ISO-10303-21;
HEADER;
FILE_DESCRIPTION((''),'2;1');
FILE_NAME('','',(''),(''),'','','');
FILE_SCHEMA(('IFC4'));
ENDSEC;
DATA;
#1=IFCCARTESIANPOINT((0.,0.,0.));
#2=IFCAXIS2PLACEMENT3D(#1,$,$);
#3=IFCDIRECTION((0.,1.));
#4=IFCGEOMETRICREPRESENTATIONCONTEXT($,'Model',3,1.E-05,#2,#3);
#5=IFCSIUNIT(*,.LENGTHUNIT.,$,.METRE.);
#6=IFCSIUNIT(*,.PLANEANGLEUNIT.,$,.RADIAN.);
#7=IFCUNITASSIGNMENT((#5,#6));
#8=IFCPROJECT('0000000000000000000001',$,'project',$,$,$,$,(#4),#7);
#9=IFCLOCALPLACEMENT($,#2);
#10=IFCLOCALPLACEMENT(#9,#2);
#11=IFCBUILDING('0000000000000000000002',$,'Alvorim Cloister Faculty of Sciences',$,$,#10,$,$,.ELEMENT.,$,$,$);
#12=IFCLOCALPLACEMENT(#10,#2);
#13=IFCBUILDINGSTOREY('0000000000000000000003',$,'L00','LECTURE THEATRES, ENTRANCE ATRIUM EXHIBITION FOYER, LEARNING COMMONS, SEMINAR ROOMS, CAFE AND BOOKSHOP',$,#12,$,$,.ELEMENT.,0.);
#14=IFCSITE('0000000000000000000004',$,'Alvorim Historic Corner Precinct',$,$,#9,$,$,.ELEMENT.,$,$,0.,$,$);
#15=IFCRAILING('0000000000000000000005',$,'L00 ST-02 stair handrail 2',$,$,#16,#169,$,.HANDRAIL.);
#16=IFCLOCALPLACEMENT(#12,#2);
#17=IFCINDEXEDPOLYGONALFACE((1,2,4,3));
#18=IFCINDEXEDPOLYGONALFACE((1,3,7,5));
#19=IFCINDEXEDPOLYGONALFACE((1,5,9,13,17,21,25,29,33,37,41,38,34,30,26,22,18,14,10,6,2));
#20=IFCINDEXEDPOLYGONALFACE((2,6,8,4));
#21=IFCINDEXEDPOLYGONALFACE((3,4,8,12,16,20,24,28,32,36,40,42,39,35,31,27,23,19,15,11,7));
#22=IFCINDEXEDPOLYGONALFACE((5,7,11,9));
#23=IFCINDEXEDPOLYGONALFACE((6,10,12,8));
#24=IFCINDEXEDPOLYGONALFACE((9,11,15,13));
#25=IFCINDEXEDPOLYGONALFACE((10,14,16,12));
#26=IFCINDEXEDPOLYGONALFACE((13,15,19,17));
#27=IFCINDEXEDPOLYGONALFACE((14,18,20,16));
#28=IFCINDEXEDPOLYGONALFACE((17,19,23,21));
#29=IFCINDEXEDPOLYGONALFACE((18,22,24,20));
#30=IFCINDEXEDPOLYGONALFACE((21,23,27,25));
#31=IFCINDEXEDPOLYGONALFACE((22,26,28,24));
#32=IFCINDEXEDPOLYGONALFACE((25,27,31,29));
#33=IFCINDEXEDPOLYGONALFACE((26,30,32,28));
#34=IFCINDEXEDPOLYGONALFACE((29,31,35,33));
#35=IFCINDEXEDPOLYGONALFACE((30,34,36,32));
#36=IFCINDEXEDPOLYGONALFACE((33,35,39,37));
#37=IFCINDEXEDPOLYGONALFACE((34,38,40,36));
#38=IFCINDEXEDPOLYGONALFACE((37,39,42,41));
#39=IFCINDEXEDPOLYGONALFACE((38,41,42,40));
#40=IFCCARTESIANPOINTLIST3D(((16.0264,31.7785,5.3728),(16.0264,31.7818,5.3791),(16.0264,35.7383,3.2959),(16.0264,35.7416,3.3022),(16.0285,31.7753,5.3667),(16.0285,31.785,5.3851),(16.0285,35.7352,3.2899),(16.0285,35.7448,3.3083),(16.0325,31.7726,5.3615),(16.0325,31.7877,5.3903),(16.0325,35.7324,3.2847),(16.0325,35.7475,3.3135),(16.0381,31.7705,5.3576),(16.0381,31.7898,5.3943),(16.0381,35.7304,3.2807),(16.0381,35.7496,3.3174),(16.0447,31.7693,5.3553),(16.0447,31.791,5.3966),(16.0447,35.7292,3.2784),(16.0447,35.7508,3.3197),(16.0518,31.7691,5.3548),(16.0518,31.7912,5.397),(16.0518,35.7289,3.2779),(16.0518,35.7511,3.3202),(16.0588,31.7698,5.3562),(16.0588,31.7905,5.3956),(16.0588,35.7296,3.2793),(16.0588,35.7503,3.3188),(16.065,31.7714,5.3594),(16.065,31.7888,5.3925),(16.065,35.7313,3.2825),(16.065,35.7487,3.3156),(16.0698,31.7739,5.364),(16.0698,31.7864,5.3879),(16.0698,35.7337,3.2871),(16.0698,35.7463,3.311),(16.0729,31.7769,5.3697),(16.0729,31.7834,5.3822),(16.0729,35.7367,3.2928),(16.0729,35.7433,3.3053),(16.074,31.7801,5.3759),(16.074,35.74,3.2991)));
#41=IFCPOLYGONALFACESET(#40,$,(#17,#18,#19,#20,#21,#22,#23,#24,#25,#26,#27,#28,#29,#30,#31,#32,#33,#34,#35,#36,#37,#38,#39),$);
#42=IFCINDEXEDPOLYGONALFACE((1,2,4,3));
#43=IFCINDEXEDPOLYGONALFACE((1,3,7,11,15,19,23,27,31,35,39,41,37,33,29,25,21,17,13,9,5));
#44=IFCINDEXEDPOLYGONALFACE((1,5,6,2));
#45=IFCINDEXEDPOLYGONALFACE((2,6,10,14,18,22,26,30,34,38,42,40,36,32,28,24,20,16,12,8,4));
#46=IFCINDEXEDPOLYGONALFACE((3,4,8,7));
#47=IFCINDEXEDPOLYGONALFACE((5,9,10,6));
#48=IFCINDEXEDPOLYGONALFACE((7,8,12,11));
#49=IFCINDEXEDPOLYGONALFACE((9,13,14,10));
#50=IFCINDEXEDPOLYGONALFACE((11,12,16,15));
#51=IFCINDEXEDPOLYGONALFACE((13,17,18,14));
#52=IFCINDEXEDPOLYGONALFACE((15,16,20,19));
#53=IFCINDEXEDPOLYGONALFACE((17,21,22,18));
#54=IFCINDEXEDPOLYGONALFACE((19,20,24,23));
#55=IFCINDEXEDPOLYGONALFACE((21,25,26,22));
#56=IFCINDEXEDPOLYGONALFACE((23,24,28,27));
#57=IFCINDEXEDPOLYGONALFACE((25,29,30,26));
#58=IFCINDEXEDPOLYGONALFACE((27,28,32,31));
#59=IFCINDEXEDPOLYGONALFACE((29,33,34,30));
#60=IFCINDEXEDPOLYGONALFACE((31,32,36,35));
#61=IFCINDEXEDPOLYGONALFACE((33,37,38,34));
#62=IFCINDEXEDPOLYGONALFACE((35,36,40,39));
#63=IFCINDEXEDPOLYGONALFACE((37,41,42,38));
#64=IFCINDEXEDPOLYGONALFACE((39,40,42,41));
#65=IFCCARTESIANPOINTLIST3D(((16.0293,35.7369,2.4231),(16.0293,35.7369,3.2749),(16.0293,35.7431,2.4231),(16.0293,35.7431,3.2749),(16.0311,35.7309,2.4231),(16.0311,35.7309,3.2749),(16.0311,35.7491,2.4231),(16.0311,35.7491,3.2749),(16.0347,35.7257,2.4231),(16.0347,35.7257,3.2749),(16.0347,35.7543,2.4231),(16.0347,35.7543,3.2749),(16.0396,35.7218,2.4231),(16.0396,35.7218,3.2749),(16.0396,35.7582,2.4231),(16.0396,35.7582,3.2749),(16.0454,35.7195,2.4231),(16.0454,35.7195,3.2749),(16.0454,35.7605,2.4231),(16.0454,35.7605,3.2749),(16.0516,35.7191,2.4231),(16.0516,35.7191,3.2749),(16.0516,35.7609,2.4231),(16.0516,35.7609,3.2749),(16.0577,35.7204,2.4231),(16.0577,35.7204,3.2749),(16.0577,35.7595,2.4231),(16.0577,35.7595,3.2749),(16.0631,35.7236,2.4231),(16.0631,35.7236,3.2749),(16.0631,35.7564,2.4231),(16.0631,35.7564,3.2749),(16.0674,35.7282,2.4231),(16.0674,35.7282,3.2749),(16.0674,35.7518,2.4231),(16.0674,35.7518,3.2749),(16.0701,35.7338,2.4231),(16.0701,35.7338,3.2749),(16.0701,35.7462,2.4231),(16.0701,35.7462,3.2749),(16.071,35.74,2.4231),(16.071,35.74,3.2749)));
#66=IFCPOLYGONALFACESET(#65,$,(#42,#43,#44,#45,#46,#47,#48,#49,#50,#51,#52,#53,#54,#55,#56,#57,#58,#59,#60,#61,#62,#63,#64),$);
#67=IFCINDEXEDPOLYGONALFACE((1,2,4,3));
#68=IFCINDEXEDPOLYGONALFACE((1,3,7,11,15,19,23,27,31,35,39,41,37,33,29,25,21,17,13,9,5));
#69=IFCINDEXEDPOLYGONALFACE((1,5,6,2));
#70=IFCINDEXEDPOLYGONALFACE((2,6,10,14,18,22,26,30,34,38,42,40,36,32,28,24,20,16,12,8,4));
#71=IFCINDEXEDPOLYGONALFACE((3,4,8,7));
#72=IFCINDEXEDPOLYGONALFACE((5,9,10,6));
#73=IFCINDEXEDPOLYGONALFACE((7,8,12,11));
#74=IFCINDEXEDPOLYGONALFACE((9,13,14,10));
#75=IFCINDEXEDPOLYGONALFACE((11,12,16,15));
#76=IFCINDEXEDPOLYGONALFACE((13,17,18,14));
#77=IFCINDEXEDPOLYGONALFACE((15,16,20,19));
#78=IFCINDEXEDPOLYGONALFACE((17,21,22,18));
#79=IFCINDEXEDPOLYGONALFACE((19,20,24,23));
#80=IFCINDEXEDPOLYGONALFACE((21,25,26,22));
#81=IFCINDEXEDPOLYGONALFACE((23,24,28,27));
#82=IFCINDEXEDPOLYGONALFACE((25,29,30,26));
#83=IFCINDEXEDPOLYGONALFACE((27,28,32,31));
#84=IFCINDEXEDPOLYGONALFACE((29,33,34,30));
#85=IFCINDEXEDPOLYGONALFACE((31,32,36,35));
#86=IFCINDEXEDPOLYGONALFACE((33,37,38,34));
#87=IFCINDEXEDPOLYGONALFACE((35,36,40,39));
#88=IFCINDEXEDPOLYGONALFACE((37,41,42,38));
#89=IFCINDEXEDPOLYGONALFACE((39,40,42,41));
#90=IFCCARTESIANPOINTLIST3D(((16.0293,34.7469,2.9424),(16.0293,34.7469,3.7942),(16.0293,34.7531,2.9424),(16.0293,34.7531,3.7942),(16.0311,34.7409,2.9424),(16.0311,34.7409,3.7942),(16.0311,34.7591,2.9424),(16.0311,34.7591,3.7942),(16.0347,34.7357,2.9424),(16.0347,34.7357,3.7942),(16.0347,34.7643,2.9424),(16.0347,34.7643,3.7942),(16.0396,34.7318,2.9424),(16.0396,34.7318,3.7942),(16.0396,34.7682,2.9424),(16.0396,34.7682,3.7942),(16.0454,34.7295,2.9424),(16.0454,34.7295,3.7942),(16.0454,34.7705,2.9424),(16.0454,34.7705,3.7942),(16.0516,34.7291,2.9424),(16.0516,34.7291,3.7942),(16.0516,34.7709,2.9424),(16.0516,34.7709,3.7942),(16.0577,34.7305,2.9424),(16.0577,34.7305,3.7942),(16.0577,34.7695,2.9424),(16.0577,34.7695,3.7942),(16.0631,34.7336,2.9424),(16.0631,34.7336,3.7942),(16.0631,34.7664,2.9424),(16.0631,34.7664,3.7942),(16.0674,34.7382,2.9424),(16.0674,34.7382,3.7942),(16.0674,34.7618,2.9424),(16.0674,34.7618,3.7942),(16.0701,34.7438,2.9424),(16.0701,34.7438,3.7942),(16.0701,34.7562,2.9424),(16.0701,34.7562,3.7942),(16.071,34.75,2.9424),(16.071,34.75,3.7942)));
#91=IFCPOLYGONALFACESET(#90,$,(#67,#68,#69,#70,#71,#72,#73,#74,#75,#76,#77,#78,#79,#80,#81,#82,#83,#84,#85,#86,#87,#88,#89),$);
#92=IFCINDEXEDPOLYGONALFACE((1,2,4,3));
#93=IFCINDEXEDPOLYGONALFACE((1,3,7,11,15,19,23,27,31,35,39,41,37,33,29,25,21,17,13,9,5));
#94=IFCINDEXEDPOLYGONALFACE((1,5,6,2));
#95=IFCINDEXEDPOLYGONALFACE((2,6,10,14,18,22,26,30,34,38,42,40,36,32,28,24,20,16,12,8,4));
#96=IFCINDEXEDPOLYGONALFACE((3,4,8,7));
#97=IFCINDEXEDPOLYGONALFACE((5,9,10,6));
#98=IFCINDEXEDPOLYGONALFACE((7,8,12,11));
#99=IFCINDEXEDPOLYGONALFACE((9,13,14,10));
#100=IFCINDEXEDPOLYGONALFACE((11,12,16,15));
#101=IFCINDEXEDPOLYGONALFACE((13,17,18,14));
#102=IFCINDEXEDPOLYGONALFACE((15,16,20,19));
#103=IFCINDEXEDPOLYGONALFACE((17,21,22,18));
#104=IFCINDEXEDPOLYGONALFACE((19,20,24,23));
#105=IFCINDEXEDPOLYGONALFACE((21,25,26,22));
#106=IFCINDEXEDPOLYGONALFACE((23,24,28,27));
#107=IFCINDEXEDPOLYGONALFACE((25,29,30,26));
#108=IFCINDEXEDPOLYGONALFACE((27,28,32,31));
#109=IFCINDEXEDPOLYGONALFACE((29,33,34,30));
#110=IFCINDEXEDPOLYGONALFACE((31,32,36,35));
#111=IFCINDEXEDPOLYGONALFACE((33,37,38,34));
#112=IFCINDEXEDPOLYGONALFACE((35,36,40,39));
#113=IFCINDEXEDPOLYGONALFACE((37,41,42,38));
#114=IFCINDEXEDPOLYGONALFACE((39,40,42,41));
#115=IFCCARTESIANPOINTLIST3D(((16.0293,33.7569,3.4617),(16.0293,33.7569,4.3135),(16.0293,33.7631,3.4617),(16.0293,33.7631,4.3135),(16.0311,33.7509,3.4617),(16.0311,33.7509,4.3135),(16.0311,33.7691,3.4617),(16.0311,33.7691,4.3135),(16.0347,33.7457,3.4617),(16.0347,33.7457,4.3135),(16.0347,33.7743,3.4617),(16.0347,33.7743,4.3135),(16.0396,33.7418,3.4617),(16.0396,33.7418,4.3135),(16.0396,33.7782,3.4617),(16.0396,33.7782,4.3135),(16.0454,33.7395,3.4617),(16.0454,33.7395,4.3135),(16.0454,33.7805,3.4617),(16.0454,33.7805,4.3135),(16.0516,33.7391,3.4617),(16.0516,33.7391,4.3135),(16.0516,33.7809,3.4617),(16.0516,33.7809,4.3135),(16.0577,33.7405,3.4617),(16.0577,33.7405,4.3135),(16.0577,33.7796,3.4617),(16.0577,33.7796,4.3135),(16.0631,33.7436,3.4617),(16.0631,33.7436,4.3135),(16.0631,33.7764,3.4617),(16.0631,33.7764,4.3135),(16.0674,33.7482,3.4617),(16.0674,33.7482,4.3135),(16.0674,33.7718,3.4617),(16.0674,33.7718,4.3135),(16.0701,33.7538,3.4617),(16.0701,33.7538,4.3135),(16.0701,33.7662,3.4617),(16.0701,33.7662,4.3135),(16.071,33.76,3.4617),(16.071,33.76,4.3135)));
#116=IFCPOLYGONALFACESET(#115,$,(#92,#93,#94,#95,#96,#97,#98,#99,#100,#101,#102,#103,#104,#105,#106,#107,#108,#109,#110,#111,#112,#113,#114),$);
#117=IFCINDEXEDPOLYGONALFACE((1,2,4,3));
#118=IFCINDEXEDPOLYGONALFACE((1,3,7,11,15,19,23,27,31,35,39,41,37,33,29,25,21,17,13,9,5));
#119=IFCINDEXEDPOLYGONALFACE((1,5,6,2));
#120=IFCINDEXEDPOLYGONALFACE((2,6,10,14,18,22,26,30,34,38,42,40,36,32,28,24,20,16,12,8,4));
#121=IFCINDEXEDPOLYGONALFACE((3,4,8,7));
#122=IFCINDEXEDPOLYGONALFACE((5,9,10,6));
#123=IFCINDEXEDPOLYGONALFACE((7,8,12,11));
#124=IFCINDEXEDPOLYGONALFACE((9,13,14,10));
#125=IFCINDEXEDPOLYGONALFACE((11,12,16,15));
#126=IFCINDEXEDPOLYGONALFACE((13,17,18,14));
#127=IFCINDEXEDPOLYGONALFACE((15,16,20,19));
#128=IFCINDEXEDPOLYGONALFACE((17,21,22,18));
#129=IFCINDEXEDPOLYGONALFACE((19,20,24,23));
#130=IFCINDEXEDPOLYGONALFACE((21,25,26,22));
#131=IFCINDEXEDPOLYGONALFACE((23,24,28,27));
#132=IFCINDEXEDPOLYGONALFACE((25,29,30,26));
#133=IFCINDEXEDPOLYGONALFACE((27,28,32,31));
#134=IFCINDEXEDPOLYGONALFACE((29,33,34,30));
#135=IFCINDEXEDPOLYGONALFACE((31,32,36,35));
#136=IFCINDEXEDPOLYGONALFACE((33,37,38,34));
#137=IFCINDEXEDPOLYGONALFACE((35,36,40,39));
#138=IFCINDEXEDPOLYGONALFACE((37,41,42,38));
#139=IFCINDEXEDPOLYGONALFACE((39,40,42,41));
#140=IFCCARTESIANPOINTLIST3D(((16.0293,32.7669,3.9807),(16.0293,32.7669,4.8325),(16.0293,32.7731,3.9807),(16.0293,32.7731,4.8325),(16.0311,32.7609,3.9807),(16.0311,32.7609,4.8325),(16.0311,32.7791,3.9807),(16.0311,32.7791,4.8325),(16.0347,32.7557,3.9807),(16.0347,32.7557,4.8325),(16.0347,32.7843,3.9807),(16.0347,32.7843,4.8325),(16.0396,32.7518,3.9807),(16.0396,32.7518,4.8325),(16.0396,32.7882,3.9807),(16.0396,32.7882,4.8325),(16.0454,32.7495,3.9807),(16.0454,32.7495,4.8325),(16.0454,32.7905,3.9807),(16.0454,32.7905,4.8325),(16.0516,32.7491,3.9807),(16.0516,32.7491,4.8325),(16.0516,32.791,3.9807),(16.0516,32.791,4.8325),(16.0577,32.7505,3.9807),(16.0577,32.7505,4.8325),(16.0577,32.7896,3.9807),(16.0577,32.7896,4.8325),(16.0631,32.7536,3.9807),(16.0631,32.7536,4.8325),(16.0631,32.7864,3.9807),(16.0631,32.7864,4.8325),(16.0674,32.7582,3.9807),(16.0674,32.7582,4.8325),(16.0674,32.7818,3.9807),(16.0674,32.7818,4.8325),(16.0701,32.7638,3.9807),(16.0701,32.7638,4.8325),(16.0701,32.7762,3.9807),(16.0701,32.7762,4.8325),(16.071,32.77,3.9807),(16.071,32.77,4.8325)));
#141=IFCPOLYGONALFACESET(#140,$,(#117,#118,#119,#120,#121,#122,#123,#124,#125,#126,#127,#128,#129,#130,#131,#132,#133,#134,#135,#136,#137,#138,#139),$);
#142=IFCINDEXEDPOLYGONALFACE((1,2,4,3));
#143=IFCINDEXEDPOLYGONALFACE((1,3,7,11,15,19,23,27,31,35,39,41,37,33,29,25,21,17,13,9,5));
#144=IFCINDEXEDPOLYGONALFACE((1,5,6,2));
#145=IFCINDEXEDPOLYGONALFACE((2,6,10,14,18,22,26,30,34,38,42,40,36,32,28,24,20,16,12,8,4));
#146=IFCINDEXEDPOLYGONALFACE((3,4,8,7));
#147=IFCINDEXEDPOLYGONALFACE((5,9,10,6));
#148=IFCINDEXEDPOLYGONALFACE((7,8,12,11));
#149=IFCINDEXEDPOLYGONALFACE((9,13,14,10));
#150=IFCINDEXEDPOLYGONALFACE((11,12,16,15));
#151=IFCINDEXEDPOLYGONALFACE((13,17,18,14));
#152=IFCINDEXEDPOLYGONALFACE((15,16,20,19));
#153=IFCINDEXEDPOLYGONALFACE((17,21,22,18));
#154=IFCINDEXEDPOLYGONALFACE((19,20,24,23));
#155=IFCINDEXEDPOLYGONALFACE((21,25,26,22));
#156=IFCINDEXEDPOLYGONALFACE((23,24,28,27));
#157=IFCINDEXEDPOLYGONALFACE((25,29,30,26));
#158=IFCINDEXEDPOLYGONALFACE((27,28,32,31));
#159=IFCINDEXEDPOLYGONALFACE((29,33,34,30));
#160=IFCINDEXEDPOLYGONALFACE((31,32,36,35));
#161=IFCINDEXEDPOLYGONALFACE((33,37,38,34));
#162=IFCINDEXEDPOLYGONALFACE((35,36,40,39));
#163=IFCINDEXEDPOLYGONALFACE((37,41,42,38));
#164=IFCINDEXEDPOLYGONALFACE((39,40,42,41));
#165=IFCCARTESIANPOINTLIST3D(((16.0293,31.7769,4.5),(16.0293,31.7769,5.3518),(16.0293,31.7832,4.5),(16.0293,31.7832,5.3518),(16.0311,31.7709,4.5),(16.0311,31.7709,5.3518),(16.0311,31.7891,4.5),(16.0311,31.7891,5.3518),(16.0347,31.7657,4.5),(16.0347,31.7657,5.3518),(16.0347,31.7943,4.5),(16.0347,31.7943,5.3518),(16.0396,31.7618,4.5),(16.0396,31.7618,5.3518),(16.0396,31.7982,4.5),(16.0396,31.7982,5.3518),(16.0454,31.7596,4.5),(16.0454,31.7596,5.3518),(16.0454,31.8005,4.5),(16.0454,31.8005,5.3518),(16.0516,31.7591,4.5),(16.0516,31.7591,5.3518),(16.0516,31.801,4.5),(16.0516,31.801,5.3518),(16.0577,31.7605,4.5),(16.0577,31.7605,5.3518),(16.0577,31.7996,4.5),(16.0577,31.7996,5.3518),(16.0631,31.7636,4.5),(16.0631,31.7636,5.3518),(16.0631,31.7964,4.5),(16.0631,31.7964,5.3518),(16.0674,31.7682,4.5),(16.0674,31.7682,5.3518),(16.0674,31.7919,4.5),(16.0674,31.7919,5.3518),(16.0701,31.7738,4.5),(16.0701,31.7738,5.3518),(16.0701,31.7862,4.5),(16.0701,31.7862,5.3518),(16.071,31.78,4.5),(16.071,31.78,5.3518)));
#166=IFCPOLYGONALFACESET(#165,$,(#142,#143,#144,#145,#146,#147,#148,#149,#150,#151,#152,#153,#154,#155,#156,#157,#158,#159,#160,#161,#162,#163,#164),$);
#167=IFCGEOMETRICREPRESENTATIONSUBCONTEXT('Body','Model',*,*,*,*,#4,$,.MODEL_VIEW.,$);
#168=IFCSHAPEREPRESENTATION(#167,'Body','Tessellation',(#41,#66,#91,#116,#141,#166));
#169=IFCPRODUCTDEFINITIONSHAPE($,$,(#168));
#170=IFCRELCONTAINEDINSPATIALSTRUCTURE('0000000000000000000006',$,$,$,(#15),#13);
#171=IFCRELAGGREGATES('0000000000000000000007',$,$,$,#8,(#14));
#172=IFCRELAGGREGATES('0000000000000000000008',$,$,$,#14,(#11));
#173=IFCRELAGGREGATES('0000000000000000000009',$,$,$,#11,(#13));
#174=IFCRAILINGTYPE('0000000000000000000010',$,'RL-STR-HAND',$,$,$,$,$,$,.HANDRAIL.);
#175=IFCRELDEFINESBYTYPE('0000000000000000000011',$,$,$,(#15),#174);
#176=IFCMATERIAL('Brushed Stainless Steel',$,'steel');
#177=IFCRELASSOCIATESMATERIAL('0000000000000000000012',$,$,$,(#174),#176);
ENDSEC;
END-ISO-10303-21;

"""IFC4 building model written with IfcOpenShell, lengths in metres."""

from ifc_helpers import new_model, si_unit, direction, frame, origin, origin_2d, place, context, subcontext, project, spatial, circle, extrude, material, type_object, element, save


model = new_model("IFC4")

# Units and contexts
model_context = context("Model", 3, precision=1e-05, world=origin(), true_north=direction((0.0, 1.0)))
body_context = subcontext(model_context, "Body", "Model", "MODEL_VIEW")
ifc_project = project(units=[si_unit("LENGTHUNIT", "METRE"), si_unit("PLANEANGLEUNIT", "RADIAN")], contexts=[model_context])

# Site, building, storey
site_placement = place(None, origin())
site = spatial("IfcSite", under=ifc_project, at=site_placement, Name="Alvorim Historic Corner Precinct", CompositionType="ELEMENT", RefElevation=0.0)
building_placement = place(site_placement, origin())
building = spatial("IfcBuilding", under=site, at=building_placement, Name="Alvorim Cloister Faculty of Sciences", CompositionType="ELEMENT")
storey_placement = place(building_placement, origin())
storey = spatial("IfcBuildingStorey", under=building, at=storey_placement, Name="L00", Description="LECTURE THEATRES, ENTRANCE ATRIUM EXHIBITION FOYER, LEARNING COMMONS, SEMINAR ROOMS, CAFE AND BOOKSHOP", CompositionType="ELEMENT", Elevation=0.0)

# Shared definitions
ifc_material_1 = material(Name="Brushed Stainless Steel", Category="steel")

# Railing
railing_type_1 = type_object("IfcRailingType", Name="RL-STR-HAND", PredefinedType="HANDRAIL", material=ifc_material_1)
for number, where, name in (
    (1, (16.05, 35.74, 2.4231), "L00 ST-02 stair handrail 2"),
):
    element("IfcRailing", number, at=place(storey_placement, frame(where)), inside=storey, type_object=railing_type_1, Name=name, PredefinedType="HANDRAIL", context=body_context, shape_type="SweptSolid", body=[
        extrude(circle(Radius=0.0239, at=origin_2d()), frame((0.0, 0.0, 0.876), z_axis=(0.0, -0.885589, 0.46447), x_axis=(1.0, 0.0, 0.0)), (0.0, 0.0, 1.0), 4.4714),
        extrude(circle(Radius=0.021, at=origin_2d()), origin(), (0.0, 0.0, 1.0), 0.8518),
        extrude(circle(Radius=0.021, at=origin_2d()), frame((0.0, -0.99, 0.5193)), (0.0, 0.0, 1.0), 0.8518),
        extrude(circle(Radius=0.021, at=origin_2d()), frame((0.0, -1.98, 1.0386)), (0.0, 0.0, 1.0), 0.8518),
        extrude(circle(Radius=0.021, at=origin_2d()), frame((0.0, -2.97, 1.5576)), (0.0, 0.0, 1.0), 0.8518),
        extrude(circle(Radius=0.021, at=origin_2d()), frame((0.0, -3.96, 2.0769)), (0.0, 0.0, 1.0), 0.8518),
    ])

save(model, "model.ifc")
